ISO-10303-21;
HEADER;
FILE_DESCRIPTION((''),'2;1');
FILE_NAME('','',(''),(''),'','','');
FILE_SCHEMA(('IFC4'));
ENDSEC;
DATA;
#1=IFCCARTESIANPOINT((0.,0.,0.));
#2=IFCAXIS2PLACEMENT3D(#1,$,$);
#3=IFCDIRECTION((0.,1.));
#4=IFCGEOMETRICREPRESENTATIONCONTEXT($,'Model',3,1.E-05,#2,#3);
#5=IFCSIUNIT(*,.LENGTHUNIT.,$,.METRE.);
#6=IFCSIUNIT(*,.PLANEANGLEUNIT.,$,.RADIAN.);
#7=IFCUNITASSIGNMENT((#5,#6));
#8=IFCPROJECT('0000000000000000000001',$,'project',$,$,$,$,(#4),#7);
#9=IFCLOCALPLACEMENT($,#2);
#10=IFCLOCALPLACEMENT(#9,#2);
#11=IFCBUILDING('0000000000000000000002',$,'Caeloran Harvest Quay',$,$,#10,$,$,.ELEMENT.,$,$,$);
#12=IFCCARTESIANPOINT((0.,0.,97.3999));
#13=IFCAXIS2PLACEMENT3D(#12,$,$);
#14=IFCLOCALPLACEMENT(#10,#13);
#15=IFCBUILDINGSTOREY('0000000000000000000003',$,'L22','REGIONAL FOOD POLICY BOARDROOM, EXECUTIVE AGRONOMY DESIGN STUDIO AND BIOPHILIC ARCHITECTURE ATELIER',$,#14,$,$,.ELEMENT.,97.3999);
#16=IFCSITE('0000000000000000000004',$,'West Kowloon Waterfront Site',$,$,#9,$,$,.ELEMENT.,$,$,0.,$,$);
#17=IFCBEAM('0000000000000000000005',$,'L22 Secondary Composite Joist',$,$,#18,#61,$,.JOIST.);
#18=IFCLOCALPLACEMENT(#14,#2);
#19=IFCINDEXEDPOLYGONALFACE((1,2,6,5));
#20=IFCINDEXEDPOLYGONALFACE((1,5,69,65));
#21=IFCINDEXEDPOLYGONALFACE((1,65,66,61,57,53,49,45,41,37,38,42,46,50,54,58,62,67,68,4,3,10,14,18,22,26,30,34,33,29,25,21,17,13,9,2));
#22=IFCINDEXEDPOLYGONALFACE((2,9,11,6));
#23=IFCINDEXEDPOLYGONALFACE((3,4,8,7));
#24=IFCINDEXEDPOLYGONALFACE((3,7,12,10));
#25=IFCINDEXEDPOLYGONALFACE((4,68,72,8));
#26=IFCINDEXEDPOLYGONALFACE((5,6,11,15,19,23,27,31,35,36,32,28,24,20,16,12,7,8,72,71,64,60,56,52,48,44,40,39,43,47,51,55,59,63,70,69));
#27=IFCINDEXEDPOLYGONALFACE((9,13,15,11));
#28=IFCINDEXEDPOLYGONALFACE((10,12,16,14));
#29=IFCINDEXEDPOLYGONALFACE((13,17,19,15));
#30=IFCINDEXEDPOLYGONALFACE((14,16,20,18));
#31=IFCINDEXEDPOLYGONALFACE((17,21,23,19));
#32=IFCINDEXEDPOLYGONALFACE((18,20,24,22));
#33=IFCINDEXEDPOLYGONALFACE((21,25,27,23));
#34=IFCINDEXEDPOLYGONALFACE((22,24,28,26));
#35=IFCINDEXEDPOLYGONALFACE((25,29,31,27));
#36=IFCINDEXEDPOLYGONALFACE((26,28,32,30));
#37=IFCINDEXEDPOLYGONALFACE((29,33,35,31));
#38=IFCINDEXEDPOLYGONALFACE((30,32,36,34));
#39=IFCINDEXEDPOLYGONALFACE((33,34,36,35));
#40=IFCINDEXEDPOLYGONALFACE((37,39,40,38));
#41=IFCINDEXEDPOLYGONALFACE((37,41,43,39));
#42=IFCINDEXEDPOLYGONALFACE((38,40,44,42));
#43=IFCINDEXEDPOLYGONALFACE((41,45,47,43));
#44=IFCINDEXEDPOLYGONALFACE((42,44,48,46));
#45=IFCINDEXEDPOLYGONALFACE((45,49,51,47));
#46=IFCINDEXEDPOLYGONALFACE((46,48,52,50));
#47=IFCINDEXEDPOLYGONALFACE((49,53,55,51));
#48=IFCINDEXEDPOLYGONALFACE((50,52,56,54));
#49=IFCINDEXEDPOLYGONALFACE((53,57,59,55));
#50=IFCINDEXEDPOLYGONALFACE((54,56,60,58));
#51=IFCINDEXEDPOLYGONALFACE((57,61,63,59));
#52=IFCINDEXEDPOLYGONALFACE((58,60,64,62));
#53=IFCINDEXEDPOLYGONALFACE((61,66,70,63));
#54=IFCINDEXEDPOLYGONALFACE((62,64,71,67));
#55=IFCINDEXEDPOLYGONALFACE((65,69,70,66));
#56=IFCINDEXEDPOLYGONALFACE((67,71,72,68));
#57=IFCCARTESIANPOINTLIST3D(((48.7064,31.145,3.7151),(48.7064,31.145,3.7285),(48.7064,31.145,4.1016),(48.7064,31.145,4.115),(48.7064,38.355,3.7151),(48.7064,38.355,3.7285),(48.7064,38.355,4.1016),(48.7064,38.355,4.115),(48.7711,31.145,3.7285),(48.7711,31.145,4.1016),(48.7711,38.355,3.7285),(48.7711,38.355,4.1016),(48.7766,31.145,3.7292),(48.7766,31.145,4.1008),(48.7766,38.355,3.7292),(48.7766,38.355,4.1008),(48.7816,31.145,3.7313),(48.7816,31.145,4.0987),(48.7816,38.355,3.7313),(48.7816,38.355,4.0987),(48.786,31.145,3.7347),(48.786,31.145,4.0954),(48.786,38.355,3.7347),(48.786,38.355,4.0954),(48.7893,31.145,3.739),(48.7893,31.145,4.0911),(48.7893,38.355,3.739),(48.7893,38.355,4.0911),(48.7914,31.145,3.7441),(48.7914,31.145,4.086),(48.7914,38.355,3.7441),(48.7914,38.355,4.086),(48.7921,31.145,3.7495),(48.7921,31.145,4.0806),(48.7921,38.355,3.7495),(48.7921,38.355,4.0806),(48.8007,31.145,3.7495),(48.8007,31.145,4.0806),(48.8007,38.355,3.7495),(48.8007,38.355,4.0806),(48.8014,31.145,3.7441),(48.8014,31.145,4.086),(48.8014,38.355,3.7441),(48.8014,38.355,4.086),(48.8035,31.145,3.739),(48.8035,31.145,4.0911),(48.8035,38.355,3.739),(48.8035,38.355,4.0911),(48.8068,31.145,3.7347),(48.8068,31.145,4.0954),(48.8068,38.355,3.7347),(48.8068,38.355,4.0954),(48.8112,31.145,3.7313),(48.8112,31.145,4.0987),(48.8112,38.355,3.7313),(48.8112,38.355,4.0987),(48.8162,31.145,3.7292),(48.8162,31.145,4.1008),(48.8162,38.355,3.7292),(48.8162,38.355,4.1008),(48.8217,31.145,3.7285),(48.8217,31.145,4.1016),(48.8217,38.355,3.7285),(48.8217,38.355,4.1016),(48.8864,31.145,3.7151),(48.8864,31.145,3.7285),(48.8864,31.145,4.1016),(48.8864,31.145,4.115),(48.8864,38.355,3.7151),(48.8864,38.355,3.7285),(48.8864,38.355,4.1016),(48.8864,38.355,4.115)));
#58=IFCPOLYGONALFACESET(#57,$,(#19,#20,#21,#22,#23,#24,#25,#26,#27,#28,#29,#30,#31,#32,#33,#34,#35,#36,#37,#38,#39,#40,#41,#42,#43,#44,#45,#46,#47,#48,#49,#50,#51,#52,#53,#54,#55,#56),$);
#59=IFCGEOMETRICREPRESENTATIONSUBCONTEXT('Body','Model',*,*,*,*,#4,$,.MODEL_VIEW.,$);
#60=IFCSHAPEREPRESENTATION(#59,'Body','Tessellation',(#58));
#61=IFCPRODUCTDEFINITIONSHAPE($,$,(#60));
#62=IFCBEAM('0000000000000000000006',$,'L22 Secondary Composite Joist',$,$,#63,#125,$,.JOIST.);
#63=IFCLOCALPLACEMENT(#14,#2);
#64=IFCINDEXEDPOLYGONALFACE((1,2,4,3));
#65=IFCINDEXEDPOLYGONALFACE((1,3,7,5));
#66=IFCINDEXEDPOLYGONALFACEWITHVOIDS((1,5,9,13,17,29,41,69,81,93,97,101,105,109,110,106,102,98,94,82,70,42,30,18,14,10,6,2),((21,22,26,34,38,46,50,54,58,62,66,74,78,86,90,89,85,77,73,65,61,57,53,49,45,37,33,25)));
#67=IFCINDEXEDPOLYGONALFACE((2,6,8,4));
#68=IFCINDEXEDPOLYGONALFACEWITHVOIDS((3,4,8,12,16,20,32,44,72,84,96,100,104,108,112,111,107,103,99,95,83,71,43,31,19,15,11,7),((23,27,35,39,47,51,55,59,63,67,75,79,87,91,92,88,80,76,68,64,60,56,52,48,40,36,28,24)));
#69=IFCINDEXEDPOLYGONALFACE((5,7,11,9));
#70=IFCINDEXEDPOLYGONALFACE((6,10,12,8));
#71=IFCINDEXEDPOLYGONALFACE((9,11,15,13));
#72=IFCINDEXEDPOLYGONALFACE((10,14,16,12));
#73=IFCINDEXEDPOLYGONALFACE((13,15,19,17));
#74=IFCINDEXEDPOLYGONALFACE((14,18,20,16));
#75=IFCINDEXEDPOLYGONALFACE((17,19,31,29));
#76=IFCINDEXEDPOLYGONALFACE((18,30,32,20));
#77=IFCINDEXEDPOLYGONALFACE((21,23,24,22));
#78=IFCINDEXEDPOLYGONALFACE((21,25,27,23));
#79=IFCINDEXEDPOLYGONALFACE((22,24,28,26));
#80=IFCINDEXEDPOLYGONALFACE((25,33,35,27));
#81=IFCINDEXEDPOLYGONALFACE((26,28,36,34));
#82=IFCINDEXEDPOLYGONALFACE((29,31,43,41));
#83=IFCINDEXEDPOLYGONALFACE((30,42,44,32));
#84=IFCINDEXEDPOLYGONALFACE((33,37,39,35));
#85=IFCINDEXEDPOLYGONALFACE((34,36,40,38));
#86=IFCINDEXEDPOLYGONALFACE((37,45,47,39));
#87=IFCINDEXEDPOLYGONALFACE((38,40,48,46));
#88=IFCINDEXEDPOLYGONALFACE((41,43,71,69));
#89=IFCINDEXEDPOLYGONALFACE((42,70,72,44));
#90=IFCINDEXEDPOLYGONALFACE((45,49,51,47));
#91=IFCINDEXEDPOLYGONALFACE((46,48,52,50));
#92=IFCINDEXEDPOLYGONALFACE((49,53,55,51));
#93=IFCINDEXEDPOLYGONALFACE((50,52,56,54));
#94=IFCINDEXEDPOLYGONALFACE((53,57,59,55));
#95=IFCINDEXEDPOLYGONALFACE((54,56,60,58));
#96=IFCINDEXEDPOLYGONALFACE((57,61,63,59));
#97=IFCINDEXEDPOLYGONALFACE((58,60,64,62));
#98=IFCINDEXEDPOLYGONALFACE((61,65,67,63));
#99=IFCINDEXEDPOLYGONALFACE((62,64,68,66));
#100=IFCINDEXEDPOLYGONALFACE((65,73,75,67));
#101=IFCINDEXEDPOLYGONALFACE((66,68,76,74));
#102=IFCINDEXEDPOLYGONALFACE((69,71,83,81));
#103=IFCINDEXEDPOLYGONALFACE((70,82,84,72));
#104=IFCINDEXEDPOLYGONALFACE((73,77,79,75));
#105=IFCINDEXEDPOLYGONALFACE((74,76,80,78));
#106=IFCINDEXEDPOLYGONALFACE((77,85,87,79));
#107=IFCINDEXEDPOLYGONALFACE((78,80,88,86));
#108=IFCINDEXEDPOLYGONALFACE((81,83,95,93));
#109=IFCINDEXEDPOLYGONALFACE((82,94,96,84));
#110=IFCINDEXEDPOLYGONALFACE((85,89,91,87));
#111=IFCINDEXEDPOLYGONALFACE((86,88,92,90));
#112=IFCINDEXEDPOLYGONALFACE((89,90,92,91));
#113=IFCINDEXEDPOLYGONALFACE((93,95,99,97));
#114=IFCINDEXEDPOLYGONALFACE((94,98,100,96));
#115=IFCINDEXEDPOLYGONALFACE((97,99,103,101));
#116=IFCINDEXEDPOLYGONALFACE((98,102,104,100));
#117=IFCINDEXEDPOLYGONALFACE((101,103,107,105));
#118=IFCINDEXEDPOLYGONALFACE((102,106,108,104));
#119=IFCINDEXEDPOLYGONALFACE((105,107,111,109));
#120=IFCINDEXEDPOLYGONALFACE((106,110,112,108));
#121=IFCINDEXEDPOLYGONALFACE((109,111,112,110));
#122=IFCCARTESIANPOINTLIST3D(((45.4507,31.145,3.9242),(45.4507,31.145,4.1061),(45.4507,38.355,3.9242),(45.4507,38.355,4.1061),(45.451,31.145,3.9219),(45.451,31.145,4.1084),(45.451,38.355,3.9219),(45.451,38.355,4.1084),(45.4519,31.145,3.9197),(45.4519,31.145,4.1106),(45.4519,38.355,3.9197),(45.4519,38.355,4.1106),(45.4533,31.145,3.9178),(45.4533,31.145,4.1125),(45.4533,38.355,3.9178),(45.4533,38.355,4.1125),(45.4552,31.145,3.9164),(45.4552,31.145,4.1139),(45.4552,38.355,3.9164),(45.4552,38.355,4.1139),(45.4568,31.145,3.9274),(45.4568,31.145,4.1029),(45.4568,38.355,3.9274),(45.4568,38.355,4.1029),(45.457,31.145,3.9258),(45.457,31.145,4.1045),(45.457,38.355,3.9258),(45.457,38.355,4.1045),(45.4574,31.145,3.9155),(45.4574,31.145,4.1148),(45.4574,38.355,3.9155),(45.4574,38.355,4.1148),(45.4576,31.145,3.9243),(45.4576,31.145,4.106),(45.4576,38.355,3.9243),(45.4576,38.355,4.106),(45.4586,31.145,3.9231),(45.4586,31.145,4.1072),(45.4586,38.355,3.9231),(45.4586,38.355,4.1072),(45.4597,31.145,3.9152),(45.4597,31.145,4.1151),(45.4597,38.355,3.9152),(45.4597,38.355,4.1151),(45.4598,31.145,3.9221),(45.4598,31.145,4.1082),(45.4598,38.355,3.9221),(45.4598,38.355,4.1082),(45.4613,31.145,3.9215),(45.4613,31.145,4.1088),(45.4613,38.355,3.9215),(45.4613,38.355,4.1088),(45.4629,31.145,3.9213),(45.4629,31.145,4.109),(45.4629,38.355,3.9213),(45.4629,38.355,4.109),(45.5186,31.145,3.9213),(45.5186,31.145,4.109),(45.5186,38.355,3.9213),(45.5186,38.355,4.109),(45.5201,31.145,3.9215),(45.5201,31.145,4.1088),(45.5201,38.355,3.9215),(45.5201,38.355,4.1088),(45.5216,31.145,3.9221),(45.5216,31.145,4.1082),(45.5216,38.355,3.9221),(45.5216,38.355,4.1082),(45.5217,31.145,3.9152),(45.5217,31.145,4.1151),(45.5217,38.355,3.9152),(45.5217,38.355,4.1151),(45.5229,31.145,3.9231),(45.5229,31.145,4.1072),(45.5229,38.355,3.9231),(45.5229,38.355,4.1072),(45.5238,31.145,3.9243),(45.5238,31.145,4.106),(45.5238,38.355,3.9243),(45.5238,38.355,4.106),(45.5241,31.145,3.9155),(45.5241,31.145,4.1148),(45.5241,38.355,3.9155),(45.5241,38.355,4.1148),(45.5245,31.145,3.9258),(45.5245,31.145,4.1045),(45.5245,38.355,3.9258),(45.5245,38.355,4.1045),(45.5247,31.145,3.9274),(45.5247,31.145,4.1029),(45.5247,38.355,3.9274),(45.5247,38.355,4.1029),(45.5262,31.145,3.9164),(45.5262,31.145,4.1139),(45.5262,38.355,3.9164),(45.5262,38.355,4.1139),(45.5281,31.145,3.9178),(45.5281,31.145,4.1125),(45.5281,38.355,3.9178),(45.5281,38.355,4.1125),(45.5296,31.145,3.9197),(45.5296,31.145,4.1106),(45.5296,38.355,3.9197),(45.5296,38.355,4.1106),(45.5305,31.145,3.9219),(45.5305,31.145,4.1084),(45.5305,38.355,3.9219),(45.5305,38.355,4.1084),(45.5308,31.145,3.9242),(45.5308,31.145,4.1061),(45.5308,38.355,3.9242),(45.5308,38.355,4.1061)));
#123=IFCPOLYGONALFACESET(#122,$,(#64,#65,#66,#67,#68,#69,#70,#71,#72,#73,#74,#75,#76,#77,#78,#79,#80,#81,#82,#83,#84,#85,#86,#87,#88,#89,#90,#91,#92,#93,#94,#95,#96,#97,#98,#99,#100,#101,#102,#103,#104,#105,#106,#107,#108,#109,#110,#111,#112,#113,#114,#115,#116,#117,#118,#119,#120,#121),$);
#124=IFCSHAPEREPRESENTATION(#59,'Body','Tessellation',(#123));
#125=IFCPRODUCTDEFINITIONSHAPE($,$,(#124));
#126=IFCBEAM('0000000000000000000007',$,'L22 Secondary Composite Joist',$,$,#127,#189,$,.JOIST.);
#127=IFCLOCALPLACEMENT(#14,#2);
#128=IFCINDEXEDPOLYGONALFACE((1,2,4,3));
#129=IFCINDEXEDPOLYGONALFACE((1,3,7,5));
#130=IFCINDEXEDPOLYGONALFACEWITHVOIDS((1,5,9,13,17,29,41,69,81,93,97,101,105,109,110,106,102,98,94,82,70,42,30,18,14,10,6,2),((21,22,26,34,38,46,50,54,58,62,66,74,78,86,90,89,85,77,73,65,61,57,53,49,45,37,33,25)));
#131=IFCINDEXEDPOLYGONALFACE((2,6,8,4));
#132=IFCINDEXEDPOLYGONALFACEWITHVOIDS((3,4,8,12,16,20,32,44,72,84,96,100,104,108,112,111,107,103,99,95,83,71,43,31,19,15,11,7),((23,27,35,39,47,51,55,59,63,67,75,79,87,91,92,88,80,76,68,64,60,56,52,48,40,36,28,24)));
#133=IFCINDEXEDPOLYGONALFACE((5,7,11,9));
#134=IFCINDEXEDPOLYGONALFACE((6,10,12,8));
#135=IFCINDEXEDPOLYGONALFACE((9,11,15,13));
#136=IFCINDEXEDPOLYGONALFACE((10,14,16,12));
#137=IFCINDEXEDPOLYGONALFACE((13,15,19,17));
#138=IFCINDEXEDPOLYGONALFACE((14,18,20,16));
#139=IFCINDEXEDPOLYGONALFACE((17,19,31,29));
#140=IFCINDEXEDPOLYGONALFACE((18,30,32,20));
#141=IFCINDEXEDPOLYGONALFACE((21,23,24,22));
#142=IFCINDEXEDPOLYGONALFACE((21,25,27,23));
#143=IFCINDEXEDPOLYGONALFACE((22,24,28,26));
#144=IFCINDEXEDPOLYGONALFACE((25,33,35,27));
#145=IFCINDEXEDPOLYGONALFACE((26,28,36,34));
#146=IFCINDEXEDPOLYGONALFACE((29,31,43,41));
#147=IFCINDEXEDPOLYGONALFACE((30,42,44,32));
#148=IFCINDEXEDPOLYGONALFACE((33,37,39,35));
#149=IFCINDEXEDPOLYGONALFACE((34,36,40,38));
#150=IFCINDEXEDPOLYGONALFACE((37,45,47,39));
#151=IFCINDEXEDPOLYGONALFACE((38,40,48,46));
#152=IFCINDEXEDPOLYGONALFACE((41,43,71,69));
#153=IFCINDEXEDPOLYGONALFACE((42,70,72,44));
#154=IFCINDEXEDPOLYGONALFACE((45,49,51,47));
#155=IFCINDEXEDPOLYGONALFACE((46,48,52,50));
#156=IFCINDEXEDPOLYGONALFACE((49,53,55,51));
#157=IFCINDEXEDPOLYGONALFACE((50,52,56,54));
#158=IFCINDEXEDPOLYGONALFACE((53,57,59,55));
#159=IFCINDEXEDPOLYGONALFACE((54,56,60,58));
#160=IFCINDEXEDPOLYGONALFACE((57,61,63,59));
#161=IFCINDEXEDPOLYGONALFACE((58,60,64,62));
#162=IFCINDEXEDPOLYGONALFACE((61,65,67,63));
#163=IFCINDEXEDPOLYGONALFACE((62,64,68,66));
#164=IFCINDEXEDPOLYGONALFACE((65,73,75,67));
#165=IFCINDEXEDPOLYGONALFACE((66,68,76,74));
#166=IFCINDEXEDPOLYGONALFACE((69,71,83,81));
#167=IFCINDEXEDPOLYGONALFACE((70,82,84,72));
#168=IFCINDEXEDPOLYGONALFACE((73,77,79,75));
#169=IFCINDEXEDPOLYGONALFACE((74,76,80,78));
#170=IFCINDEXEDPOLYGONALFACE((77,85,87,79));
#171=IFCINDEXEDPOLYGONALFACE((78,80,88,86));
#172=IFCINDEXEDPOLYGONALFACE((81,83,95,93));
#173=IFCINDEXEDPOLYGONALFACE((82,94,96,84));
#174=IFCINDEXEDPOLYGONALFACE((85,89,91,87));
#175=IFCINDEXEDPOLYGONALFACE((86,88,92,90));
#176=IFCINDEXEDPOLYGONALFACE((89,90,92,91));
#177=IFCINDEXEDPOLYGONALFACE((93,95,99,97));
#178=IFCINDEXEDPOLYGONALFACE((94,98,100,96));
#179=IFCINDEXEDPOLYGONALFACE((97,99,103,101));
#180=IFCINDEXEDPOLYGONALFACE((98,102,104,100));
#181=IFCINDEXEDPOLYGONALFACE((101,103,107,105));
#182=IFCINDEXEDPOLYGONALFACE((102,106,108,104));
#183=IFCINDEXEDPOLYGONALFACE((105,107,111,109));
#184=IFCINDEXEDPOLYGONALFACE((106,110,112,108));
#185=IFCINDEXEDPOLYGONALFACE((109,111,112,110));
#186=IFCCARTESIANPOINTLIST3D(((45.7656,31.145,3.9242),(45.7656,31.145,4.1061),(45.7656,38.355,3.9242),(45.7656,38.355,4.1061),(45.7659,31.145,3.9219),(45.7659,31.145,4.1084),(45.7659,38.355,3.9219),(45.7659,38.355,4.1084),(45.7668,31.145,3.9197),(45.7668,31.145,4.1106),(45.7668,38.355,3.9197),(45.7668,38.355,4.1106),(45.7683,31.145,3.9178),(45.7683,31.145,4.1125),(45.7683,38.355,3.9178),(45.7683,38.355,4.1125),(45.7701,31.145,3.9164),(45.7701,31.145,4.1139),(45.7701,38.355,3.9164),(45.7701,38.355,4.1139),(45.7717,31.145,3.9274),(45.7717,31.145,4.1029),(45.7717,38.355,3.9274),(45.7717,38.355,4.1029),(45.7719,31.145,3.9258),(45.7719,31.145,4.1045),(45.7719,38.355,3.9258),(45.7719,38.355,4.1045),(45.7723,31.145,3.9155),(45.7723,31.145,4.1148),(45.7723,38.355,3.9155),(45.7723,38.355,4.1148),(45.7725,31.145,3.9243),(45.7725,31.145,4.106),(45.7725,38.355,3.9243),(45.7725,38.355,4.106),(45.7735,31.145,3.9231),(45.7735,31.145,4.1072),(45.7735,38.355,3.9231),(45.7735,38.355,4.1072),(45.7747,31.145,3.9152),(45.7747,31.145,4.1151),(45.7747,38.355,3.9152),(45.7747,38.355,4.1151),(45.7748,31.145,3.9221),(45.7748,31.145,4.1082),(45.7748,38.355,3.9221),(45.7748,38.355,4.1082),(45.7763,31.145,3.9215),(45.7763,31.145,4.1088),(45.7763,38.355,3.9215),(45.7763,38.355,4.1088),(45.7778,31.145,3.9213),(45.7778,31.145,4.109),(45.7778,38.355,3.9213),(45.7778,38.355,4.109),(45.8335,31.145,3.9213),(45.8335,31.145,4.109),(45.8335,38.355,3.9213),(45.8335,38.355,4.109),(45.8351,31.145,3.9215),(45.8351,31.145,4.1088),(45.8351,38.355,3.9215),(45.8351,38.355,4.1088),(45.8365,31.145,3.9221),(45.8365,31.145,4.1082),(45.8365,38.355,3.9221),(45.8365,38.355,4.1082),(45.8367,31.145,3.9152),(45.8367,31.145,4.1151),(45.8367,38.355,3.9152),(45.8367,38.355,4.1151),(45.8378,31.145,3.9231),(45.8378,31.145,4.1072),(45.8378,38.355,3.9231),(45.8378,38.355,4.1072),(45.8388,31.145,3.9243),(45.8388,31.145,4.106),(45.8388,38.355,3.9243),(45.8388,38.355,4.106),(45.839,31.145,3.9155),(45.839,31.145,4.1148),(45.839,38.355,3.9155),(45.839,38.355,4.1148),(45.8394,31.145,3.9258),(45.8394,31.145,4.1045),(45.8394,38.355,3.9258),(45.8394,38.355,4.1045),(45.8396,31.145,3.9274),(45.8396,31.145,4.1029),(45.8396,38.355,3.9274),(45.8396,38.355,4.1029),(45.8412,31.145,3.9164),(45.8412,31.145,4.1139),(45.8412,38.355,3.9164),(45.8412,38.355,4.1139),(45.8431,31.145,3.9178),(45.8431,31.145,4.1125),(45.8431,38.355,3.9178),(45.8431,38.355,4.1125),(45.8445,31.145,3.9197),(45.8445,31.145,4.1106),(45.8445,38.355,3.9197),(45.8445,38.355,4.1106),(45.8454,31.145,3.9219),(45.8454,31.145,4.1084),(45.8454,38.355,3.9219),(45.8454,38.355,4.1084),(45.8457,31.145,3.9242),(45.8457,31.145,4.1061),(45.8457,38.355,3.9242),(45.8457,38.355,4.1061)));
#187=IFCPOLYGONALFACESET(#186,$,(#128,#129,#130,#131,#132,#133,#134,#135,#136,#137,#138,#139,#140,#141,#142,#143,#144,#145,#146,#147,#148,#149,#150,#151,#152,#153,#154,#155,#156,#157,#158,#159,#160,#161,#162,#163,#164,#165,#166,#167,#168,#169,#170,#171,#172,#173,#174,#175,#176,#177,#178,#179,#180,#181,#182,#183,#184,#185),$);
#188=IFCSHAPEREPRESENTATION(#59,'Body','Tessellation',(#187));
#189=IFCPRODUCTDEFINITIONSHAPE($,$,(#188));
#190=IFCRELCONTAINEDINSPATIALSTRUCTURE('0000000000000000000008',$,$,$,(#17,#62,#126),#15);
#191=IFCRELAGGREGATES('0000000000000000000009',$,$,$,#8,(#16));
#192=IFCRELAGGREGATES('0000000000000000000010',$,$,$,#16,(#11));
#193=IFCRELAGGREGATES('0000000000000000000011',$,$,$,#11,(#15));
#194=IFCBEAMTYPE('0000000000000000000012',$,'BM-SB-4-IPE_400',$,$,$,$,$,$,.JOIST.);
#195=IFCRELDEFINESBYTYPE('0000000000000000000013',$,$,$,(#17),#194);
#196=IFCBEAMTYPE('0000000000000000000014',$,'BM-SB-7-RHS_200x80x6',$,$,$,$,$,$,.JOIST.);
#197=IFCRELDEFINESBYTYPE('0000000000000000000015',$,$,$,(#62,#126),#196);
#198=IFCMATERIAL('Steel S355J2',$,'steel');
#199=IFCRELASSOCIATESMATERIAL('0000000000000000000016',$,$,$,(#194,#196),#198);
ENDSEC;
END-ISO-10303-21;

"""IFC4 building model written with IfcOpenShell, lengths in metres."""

from ifc_helpers import new_model, si_unit, direction, frame, origin, origin_2d, place, context, subcontext, project, spatial, hollow_rectangle, i_section, extrude, material, material_profile, profile_set, type_object, element, save


model = new_model("IFC4")

# Units and contexts
model_context = context("Model", 3, precision=1e-05, world=origin(), true_north=direction((0.0, 1.0)))
body_context = subcontext(model_context, "Body", "Model", "MODEL_VIEW")
ifc_project = project(units=[si_unit("LENGTHUNIT", "METRE"), si_unit("PLANEANGLEUNIT", "RADIAN")], contexts=[model_context])

# Site, building, storey
site_placement = place(None, origin())
site = spatial("IfcSite", under=ifc_project, at=site_placement, Name="West Kowloon Waterfront Site", CompositionType="ELEMENT", RefElevation=0.0)
building_placement = place(site_placement, origin())
building = spatial("IfcBuilding", under=site, at=building_placement, Name="Caeloran Harvest Quay", CompositionType="ELEMENT")
storey_placement = place(building_placement, frame((0.0, 0.0, 97.3999)))
storey = spatial("IfcBuildingStorey", under=building, at=storey_placement, Name="L22", Description="REGIONAL FOOD POLICY BOARDROOM, EXECUTIVE AGRONOMY DESIGN STUDIO AND BIOPHILIC ARCHITECTURE ATELIER", CompositionType="ELEMENT", Elevation=97.3999)

# Beams
ifc_material_1 = material(Name="Steel S355J2", Category="steel")
ifc_material_profile_1 = material_profile(ifc_material_1, i_section(OverallWidth=0.1799, OverallDepth=0.3999, WebThickness=0.0085, FlangeThickness=0.0134, FilletRadius=0.021, at=origin_2d()), Name="IPE 400")
ifc_profile_set_1 = profile_set([ifc_material_profile_1], Name="Steel S355J2")
beam_type_1 = type_object("IfcBeamType", Name="BM-SB-4-IPE_400", PredefinedType="JOIST", material=ifc_profile_set_1)
for number, where, z_axis, x_axis, name in (
    (1, (48.7964, 31.145, 3.915), (0.0, 1.0, 0.0), (-1.0, 0.0, 0.0), "L22 Secondary Composite Joist"),
):
    element("IfcBeam", number, at=place(storey_placement, frame(where, z_axis=z_axis, x_axis=x_axis)), inside=storey, type_object=beam_type_1, Name=name, PredefinedType="JOIST", context=body_context, shape_type="SweptSolid", body=[
        extrude(i_section(OverallWidth=0.1799, OverallDepth=0.3999, WebThickness=0.0085, FlangeThickness=0.0134, FilletRadius=0.021, at=origin_2d()), origin(), (0.0, 0.0, 1.0), 7.21),
    ])
ifc_material_profile_2 = material_profile(ifc_material_1, hollow_rectangle(XDim=0.0801, YDim=0.2, WallThickness=0.0061, InnerFilletRadius=0.0061, OuterFilletRadius=0.009, at=origin_2d()), Name="RHS 200x80x6")
ifc_profile_set_2 = profile_set([ifc_material_profile_2], Name="Steel S355J2")
beam_type_2 = type_object("IfcBeamType", Name="BM-SB-7-RHS_200x80x6", PredefinedType="JOIST", material=ifc_profile_set_2)
for number, where, z_axis, x_axis, name in (
    (2, (45.4907, 31.145, 4.0151), (0.0, 1.0, 0.0), (-1.0, 0.0, 0.0), "L22 Secondary Composite Joist"),
    (3, (45.8057, 31.145, 4.0151), (0.0, 1.0, 0.0), (-1.0, 0.0, 0.0), "L22 Secondary Composite Joist"),
):
    element("IfcBeam", number, at=place(storey_placement, frame(where, z_axis=z_axis, x_axis=x_axis)), inside=storey, type_object=beam_type_2, Name=name, PredefinedType="JOIST", context=body_context, shape_type="SweptSolid", body=[
        extrude(hollow_rectangle(XDim=0.0801, YDim=0.2, WallThickness=0.0061, InnerFilletRadius=0.0061, OuterFilletRadius=0.009, at=origin_2d()), origin(), (0.0, 0.0, 1.0), 7.21),
    ])

save(model, "model.ifc")
